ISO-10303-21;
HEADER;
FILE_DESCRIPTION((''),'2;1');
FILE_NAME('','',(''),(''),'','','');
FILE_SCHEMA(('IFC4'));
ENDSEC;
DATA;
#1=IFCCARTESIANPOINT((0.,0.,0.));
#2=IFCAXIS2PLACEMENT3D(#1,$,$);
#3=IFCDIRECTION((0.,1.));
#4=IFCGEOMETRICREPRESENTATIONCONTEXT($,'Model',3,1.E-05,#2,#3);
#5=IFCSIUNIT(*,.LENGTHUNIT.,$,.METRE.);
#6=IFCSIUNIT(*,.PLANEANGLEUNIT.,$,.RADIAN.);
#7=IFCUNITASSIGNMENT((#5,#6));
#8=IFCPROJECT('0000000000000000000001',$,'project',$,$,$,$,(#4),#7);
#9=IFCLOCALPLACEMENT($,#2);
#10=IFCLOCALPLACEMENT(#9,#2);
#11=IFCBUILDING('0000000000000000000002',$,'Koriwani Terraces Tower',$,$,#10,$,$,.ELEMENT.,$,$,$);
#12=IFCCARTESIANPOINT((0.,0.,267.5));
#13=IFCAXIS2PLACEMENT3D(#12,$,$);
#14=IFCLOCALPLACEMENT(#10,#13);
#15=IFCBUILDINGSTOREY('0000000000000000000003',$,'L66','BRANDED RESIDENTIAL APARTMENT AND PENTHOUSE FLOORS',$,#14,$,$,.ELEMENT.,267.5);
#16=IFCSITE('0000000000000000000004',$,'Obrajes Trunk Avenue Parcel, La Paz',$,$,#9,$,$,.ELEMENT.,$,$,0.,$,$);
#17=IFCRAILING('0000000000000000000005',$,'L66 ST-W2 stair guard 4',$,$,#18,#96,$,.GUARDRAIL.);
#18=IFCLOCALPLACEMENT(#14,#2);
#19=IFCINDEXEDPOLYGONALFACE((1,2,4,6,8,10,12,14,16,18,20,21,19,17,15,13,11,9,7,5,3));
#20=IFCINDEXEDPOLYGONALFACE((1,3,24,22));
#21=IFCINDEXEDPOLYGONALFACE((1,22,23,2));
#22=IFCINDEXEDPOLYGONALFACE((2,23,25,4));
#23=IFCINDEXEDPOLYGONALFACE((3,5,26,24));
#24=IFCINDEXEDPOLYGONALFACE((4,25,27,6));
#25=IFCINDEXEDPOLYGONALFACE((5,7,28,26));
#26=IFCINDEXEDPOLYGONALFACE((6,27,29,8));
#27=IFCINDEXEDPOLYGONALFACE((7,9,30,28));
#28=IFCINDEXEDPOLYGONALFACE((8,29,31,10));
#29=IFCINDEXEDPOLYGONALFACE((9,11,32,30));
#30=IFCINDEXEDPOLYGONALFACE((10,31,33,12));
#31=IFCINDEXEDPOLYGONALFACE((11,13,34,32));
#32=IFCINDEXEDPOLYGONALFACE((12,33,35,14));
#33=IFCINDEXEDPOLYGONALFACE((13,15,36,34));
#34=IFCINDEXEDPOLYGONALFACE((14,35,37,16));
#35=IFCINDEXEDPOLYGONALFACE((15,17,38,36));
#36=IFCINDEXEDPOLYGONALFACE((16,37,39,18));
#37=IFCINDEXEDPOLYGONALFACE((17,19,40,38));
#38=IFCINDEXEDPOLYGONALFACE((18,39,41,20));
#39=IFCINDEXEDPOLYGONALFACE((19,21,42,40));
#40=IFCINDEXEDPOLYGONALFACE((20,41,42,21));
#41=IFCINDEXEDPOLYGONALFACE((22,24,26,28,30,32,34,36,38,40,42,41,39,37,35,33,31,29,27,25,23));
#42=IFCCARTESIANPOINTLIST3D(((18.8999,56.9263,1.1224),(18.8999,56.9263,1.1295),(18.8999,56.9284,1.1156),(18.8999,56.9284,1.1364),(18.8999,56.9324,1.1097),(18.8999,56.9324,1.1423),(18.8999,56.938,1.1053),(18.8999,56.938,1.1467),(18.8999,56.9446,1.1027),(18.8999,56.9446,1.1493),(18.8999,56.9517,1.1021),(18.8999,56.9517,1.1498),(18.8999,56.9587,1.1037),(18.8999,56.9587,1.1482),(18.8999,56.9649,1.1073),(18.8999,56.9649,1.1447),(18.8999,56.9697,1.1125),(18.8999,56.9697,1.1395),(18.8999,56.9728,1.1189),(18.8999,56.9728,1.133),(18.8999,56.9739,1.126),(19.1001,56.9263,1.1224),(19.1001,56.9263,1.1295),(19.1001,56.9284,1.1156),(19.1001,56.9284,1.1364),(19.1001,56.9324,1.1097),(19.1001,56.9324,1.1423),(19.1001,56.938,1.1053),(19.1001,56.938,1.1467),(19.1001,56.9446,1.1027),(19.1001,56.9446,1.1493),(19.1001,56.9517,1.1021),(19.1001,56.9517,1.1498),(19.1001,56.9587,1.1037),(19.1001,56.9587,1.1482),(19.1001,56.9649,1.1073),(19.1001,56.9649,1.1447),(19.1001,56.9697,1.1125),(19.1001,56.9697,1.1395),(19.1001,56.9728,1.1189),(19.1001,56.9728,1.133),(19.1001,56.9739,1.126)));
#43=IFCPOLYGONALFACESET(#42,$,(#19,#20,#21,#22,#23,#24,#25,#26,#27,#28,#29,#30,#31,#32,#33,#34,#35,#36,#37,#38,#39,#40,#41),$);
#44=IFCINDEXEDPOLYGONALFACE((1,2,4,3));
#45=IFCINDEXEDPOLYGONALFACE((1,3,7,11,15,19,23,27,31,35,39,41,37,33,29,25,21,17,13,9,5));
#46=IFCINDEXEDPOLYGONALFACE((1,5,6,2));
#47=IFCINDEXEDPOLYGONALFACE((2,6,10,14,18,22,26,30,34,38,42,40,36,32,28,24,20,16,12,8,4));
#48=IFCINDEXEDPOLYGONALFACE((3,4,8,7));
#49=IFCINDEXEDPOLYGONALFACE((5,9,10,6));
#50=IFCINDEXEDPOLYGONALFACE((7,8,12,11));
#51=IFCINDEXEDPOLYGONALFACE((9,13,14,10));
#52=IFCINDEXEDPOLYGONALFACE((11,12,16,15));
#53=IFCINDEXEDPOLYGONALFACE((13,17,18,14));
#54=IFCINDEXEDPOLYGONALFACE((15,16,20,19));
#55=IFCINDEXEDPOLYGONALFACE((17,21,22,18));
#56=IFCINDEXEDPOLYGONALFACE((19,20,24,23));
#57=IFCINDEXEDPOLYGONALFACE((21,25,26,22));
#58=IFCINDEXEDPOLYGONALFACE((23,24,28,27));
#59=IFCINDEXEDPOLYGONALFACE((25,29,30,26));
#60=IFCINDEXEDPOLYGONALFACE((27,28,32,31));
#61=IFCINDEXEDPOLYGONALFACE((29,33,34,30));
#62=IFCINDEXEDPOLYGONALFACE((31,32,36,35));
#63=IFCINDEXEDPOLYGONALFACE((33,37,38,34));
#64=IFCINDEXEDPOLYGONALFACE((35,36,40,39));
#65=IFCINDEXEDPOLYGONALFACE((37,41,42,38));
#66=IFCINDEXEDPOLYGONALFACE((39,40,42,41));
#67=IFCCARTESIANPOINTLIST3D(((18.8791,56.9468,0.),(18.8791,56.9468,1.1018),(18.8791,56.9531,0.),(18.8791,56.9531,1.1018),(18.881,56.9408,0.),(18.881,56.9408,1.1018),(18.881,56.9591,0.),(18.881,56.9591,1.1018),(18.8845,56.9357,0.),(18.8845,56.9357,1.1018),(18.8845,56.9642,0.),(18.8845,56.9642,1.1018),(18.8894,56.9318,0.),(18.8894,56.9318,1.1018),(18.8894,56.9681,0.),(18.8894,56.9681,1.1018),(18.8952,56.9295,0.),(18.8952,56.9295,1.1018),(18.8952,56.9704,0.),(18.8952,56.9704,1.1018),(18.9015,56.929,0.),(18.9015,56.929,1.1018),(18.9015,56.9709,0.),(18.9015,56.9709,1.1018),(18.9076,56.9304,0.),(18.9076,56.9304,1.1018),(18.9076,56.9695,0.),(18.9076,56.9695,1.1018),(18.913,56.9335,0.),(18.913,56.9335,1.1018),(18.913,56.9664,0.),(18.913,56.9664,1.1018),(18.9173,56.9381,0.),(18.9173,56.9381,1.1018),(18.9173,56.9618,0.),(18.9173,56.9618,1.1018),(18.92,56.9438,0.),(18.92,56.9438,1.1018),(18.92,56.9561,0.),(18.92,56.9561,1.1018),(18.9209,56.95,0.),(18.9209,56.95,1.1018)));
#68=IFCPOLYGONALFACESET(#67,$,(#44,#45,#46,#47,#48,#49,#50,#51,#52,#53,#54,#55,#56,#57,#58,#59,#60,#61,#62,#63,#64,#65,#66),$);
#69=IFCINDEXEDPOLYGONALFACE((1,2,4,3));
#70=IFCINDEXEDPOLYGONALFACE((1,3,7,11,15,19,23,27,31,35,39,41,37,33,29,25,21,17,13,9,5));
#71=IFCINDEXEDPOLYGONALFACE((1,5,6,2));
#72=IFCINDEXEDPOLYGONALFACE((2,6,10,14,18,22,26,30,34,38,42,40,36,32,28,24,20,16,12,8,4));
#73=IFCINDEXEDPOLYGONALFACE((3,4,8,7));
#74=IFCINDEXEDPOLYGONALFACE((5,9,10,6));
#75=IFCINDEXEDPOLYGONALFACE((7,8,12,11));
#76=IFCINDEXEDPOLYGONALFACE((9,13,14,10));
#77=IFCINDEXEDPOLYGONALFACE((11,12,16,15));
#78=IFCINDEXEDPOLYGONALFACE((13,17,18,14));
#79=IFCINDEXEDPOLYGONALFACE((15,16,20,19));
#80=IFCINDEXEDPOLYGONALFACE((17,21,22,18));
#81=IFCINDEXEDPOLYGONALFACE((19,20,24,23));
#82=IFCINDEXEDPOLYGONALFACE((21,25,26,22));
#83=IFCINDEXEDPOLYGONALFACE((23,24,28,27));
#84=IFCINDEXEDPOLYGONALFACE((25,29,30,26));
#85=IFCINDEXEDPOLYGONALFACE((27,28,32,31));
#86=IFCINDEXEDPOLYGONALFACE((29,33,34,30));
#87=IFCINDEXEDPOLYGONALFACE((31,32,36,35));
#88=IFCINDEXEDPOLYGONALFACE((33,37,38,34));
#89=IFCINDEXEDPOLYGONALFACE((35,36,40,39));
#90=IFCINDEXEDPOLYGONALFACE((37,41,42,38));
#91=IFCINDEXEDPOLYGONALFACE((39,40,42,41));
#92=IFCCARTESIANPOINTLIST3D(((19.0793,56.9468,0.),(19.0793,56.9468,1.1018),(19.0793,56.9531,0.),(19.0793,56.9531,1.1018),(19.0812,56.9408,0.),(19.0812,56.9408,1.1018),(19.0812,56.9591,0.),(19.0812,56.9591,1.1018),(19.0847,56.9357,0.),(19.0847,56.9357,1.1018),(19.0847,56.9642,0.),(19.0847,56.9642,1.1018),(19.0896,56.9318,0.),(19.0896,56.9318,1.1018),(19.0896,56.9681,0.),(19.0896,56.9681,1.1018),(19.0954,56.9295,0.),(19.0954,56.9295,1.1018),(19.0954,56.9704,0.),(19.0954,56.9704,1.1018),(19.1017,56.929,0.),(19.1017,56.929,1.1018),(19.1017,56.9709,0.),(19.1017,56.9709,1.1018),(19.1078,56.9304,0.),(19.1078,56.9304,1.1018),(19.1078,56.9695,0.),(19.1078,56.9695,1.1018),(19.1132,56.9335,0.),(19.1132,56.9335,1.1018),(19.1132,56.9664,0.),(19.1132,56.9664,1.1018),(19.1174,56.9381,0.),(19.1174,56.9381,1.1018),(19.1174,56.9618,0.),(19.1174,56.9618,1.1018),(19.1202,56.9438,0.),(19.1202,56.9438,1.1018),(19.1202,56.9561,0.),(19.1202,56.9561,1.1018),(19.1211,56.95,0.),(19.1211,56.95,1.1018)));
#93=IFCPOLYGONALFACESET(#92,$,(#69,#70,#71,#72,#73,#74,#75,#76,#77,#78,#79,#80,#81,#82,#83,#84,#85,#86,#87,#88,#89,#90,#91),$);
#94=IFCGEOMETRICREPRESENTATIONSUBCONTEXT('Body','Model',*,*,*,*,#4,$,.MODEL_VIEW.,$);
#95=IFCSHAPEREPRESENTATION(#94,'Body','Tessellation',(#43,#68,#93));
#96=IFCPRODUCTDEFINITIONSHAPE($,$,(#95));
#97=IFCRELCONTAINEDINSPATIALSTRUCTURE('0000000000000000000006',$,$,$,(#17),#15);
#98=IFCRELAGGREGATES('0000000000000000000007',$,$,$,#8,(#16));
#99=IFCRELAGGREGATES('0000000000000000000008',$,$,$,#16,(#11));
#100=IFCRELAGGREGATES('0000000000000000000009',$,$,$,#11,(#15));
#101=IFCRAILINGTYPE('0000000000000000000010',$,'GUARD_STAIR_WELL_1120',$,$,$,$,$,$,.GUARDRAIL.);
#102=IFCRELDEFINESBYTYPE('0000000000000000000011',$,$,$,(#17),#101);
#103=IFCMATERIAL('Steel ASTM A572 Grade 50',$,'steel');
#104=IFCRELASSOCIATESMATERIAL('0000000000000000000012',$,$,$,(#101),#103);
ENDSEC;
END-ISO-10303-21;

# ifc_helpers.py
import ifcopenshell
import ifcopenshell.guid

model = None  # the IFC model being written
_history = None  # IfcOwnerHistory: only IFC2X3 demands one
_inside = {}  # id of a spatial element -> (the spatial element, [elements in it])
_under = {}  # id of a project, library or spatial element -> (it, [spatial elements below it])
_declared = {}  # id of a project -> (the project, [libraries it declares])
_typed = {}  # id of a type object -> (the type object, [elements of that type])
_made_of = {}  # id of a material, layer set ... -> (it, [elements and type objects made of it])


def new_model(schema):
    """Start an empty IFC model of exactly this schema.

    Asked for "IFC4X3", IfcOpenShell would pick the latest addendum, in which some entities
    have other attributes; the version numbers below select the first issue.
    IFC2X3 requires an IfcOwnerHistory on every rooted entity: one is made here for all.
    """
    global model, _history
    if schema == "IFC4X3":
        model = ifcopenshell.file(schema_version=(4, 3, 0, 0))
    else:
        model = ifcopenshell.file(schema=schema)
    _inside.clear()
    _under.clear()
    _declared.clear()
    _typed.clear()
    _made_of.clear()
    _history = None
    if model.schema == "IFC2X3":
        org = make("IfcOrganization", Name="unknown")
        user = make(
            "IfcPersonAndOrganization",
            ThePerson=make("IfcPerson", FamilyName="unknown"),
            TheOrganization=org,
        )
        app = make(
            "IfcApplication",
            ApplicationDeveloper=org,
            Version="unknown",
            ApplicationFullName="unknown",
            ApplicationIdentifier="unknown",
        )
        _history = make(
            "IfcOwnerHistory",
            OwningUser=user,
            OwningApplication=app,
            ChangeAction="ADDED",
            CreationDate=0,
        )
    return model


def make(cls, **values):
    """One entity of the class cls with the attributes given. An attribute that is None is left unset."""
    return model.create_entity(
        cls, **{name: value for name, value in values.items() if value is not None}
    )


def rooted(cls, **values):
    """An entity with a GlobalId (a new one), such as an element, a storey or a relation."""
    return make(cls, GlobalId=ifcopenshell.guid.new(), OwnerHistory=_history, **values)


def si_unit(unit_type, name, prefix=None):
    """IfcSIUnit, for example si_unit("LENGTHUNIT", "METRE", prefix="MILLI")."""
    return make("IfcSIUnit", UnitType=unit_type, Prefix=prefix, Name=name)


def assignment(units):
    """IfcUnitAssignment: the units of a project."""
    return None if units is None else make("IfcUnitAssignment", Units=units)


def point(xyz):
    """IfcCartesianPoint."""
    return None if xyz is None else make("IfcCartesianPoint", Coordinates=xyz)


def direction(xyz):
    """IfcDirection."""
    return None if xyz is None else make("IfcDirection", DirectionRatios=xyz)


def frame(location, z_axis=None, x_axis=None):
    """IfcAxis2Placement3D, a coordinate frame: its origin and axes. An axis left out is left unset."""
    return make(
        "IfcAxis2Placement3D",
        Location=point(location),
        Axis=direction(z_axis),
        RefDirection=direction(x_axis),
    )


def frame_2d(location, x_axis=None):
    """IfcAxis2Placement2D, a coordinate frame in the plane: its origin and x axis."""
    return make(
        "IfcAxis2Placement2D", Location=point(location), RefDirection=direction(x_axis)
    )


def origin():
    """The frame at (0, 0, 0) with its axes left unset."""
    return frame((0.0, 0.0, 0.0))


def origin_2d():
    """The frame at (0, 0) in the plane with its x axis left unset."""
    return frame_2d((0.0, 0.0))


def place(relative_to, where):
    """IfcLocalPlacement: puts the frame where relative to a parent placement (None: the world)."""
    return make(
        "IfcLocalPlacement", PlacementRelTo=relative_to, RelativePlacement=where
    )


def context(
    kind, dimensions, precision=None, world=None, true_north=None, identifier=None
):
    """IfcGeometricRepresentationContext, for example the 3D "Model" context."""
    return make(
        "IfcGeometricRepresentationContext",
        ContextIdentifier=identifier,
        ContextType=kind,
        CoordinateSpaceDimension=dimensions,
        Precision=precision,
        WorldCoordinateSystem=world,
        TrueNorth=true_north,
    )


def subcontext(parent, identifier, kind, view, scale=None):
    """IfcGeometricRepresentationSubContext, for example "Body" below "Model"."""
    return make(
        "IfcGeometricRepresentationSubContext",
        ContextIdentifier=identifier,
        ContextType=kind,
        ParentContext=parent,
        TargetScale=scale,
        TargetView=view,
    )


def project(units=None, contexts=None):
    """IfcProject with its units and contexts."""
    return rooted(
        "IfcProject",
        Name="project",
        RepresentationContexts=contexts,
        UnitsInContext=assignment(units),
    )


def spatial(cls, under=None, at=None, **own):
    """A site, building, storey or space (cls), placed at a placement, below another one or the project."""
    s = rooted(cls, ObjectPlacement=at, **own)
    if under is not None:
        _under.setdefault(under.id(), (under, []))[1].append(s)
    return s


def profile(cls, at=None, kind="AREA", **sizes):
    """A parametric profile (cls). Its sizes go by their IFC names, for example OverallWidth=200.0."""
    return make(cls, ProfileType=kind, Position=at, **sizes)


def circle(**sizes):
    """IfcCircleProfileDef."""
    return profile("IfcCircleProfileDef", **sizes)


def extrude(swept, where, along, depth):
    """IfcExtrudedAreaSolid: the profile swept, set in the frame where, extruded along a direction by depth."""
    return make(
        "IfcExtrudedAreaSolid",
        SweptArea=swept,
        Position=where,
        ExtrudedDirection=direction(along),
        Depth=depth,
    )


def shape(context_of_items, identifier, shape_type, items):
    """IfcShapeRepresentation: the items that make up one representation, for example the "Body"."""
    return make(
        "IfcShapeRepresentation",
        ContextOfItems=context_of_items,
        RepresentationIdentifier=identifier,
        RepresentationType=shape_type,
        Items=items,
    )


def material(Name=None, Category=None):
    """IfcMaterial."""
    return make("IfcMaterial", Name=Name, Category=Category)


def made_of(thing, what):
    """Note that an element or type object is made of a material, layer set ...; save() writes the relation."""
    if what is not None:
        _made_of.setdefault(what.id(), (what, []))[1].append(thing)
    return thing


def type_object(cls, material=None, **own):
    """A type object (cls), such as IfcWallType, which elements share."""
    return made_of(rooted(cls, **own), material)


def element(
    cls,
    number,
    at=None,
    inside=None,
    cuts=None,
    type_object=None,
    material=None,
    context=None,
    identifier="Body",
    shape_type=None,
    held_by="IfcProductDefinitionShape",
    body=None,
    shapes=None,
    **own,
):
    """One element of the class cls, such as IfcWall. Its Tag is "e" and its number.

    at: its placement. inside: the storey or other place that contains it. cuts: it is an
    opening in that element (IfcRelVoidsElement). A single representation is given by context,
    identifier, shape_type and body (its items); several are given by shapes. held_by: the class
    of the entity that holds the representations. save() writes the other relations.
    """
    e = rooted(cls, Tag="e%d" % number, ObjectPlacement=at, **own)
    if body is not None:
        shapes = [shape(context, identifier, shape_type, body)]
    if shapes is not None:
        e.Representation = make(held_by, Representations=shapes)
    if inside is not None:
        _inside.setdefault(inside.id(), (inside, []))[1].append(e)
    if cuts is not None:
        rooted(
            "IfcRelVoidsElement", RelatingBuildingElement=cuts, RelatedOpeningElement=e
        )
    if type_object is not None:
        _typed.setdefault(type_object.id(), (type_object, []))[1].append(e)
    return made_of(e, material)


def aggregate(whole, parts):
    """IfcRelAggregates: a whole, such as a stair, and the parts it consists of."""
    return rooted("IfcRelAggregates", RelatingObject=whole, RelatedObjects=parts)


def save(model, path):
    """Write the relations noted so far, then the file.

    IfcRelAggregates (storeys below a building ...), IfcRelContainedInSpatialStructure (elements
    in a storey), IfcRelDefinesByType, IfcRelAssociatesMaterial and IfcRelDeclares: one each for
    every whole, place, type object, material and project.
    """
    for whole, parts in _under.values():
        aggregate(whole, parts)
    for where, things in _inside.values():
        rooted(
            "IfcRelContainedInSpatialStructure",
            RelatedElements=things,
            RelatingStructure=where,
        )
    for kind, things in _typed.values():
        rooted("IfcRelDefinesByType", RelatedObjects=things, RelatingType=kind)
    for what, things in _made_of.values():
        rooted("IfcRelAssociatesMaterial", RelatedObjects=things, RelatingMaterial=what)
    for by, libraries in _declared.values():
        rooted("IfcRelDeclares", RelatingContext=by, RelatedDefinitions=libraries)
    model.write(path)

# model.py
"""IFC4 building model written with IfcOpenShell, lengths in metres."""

from ifc_helpers import new_model, si_unit, direction, frame, origin, origin_2d, place, context, subcontext, project, spatial, circle, extrude, material, type_object, element, save


model = new_model("IFC4")

# Units and contexts
model_context = context("Model", 3, precision=1e-05, world=origin(), true_north=direction((0.0, 1.0)))
body_context = subcontext(model_context, "Body", "Model", "MODEL_VIEW")
ifc_project = project(units=[si_unit("LENGTHUNIT", "METRE"), si_unit("PLANEANGLEUNIT", "RADIAN")], contexts=[model_context])

# Site, building, storey
site_placement = place(None, origin())
site = spatial("IfcSite", under=ifc_project, at=site_placement, Name="Obrajes Trunk Avenue Parcel, La Paz", CompositionType="ELEMENT", RefElevation=0.0)
building_placement = place(site_placement, origin())
building = spatial("IfcBuilding", under=site, at=building_placement, Name="Koriwani Terraces Tower", CompositionType="ELEMENT")
storey_placement = place(building_placement, frame((0.0, 0.0, 267.5)))
storey = spatial("IfcBuildingStorey", under=building, at=storey_placement, Name="L66", Description="BRANDED RESIDENTIAL APARTMENT AND PENTHOUSE FLOORS", CompositionType="ELEMENT", Elevation=267.5)

# Shared definitions
ifc_material_1 = material(Name="Steel ASTM A572 Grade 50", Category="steel")

# Railing
railing_type_1 = type_object("IfcRailingType", Name="GUARD_STAIR_WELL_1120", PredefinedType="GUARDRAIL", material=ifc_material_1)
railing_1_placement = place(storey_placement, frame((18.8999, 56.95, 0.0)))
element("IfcRailing", 1, at=railing_1_placement, inside=storey, type_object=railing_type_1, Name="L66 ST-W2 stair guard 4", PredefinedType="GUARDRAIL", context=body_context, shape_type="SweptSolid", body=[
    extrude(circle(Radius=0.0239, at=origin_2d()), frame((0.0, 0.0, 1.126), z_axis=(1.0, 0.0, 0.0), x_axis=(0.0, 1.0, 0.0)), (0.0, 0.0, 1.0), 0.2002),
    extrude(circle(Radius=0.021, at=origin_2d()), origin(), (0.0, 0.0, 1.0), 1.1018),
    extrude(circle(Radius=0.021, at=origin_2d()), frame((0.2002, 0.0, 0.0)), (0.0, 0.0, 1.0), 1.1018),
])

save(model, "model.ifc")
